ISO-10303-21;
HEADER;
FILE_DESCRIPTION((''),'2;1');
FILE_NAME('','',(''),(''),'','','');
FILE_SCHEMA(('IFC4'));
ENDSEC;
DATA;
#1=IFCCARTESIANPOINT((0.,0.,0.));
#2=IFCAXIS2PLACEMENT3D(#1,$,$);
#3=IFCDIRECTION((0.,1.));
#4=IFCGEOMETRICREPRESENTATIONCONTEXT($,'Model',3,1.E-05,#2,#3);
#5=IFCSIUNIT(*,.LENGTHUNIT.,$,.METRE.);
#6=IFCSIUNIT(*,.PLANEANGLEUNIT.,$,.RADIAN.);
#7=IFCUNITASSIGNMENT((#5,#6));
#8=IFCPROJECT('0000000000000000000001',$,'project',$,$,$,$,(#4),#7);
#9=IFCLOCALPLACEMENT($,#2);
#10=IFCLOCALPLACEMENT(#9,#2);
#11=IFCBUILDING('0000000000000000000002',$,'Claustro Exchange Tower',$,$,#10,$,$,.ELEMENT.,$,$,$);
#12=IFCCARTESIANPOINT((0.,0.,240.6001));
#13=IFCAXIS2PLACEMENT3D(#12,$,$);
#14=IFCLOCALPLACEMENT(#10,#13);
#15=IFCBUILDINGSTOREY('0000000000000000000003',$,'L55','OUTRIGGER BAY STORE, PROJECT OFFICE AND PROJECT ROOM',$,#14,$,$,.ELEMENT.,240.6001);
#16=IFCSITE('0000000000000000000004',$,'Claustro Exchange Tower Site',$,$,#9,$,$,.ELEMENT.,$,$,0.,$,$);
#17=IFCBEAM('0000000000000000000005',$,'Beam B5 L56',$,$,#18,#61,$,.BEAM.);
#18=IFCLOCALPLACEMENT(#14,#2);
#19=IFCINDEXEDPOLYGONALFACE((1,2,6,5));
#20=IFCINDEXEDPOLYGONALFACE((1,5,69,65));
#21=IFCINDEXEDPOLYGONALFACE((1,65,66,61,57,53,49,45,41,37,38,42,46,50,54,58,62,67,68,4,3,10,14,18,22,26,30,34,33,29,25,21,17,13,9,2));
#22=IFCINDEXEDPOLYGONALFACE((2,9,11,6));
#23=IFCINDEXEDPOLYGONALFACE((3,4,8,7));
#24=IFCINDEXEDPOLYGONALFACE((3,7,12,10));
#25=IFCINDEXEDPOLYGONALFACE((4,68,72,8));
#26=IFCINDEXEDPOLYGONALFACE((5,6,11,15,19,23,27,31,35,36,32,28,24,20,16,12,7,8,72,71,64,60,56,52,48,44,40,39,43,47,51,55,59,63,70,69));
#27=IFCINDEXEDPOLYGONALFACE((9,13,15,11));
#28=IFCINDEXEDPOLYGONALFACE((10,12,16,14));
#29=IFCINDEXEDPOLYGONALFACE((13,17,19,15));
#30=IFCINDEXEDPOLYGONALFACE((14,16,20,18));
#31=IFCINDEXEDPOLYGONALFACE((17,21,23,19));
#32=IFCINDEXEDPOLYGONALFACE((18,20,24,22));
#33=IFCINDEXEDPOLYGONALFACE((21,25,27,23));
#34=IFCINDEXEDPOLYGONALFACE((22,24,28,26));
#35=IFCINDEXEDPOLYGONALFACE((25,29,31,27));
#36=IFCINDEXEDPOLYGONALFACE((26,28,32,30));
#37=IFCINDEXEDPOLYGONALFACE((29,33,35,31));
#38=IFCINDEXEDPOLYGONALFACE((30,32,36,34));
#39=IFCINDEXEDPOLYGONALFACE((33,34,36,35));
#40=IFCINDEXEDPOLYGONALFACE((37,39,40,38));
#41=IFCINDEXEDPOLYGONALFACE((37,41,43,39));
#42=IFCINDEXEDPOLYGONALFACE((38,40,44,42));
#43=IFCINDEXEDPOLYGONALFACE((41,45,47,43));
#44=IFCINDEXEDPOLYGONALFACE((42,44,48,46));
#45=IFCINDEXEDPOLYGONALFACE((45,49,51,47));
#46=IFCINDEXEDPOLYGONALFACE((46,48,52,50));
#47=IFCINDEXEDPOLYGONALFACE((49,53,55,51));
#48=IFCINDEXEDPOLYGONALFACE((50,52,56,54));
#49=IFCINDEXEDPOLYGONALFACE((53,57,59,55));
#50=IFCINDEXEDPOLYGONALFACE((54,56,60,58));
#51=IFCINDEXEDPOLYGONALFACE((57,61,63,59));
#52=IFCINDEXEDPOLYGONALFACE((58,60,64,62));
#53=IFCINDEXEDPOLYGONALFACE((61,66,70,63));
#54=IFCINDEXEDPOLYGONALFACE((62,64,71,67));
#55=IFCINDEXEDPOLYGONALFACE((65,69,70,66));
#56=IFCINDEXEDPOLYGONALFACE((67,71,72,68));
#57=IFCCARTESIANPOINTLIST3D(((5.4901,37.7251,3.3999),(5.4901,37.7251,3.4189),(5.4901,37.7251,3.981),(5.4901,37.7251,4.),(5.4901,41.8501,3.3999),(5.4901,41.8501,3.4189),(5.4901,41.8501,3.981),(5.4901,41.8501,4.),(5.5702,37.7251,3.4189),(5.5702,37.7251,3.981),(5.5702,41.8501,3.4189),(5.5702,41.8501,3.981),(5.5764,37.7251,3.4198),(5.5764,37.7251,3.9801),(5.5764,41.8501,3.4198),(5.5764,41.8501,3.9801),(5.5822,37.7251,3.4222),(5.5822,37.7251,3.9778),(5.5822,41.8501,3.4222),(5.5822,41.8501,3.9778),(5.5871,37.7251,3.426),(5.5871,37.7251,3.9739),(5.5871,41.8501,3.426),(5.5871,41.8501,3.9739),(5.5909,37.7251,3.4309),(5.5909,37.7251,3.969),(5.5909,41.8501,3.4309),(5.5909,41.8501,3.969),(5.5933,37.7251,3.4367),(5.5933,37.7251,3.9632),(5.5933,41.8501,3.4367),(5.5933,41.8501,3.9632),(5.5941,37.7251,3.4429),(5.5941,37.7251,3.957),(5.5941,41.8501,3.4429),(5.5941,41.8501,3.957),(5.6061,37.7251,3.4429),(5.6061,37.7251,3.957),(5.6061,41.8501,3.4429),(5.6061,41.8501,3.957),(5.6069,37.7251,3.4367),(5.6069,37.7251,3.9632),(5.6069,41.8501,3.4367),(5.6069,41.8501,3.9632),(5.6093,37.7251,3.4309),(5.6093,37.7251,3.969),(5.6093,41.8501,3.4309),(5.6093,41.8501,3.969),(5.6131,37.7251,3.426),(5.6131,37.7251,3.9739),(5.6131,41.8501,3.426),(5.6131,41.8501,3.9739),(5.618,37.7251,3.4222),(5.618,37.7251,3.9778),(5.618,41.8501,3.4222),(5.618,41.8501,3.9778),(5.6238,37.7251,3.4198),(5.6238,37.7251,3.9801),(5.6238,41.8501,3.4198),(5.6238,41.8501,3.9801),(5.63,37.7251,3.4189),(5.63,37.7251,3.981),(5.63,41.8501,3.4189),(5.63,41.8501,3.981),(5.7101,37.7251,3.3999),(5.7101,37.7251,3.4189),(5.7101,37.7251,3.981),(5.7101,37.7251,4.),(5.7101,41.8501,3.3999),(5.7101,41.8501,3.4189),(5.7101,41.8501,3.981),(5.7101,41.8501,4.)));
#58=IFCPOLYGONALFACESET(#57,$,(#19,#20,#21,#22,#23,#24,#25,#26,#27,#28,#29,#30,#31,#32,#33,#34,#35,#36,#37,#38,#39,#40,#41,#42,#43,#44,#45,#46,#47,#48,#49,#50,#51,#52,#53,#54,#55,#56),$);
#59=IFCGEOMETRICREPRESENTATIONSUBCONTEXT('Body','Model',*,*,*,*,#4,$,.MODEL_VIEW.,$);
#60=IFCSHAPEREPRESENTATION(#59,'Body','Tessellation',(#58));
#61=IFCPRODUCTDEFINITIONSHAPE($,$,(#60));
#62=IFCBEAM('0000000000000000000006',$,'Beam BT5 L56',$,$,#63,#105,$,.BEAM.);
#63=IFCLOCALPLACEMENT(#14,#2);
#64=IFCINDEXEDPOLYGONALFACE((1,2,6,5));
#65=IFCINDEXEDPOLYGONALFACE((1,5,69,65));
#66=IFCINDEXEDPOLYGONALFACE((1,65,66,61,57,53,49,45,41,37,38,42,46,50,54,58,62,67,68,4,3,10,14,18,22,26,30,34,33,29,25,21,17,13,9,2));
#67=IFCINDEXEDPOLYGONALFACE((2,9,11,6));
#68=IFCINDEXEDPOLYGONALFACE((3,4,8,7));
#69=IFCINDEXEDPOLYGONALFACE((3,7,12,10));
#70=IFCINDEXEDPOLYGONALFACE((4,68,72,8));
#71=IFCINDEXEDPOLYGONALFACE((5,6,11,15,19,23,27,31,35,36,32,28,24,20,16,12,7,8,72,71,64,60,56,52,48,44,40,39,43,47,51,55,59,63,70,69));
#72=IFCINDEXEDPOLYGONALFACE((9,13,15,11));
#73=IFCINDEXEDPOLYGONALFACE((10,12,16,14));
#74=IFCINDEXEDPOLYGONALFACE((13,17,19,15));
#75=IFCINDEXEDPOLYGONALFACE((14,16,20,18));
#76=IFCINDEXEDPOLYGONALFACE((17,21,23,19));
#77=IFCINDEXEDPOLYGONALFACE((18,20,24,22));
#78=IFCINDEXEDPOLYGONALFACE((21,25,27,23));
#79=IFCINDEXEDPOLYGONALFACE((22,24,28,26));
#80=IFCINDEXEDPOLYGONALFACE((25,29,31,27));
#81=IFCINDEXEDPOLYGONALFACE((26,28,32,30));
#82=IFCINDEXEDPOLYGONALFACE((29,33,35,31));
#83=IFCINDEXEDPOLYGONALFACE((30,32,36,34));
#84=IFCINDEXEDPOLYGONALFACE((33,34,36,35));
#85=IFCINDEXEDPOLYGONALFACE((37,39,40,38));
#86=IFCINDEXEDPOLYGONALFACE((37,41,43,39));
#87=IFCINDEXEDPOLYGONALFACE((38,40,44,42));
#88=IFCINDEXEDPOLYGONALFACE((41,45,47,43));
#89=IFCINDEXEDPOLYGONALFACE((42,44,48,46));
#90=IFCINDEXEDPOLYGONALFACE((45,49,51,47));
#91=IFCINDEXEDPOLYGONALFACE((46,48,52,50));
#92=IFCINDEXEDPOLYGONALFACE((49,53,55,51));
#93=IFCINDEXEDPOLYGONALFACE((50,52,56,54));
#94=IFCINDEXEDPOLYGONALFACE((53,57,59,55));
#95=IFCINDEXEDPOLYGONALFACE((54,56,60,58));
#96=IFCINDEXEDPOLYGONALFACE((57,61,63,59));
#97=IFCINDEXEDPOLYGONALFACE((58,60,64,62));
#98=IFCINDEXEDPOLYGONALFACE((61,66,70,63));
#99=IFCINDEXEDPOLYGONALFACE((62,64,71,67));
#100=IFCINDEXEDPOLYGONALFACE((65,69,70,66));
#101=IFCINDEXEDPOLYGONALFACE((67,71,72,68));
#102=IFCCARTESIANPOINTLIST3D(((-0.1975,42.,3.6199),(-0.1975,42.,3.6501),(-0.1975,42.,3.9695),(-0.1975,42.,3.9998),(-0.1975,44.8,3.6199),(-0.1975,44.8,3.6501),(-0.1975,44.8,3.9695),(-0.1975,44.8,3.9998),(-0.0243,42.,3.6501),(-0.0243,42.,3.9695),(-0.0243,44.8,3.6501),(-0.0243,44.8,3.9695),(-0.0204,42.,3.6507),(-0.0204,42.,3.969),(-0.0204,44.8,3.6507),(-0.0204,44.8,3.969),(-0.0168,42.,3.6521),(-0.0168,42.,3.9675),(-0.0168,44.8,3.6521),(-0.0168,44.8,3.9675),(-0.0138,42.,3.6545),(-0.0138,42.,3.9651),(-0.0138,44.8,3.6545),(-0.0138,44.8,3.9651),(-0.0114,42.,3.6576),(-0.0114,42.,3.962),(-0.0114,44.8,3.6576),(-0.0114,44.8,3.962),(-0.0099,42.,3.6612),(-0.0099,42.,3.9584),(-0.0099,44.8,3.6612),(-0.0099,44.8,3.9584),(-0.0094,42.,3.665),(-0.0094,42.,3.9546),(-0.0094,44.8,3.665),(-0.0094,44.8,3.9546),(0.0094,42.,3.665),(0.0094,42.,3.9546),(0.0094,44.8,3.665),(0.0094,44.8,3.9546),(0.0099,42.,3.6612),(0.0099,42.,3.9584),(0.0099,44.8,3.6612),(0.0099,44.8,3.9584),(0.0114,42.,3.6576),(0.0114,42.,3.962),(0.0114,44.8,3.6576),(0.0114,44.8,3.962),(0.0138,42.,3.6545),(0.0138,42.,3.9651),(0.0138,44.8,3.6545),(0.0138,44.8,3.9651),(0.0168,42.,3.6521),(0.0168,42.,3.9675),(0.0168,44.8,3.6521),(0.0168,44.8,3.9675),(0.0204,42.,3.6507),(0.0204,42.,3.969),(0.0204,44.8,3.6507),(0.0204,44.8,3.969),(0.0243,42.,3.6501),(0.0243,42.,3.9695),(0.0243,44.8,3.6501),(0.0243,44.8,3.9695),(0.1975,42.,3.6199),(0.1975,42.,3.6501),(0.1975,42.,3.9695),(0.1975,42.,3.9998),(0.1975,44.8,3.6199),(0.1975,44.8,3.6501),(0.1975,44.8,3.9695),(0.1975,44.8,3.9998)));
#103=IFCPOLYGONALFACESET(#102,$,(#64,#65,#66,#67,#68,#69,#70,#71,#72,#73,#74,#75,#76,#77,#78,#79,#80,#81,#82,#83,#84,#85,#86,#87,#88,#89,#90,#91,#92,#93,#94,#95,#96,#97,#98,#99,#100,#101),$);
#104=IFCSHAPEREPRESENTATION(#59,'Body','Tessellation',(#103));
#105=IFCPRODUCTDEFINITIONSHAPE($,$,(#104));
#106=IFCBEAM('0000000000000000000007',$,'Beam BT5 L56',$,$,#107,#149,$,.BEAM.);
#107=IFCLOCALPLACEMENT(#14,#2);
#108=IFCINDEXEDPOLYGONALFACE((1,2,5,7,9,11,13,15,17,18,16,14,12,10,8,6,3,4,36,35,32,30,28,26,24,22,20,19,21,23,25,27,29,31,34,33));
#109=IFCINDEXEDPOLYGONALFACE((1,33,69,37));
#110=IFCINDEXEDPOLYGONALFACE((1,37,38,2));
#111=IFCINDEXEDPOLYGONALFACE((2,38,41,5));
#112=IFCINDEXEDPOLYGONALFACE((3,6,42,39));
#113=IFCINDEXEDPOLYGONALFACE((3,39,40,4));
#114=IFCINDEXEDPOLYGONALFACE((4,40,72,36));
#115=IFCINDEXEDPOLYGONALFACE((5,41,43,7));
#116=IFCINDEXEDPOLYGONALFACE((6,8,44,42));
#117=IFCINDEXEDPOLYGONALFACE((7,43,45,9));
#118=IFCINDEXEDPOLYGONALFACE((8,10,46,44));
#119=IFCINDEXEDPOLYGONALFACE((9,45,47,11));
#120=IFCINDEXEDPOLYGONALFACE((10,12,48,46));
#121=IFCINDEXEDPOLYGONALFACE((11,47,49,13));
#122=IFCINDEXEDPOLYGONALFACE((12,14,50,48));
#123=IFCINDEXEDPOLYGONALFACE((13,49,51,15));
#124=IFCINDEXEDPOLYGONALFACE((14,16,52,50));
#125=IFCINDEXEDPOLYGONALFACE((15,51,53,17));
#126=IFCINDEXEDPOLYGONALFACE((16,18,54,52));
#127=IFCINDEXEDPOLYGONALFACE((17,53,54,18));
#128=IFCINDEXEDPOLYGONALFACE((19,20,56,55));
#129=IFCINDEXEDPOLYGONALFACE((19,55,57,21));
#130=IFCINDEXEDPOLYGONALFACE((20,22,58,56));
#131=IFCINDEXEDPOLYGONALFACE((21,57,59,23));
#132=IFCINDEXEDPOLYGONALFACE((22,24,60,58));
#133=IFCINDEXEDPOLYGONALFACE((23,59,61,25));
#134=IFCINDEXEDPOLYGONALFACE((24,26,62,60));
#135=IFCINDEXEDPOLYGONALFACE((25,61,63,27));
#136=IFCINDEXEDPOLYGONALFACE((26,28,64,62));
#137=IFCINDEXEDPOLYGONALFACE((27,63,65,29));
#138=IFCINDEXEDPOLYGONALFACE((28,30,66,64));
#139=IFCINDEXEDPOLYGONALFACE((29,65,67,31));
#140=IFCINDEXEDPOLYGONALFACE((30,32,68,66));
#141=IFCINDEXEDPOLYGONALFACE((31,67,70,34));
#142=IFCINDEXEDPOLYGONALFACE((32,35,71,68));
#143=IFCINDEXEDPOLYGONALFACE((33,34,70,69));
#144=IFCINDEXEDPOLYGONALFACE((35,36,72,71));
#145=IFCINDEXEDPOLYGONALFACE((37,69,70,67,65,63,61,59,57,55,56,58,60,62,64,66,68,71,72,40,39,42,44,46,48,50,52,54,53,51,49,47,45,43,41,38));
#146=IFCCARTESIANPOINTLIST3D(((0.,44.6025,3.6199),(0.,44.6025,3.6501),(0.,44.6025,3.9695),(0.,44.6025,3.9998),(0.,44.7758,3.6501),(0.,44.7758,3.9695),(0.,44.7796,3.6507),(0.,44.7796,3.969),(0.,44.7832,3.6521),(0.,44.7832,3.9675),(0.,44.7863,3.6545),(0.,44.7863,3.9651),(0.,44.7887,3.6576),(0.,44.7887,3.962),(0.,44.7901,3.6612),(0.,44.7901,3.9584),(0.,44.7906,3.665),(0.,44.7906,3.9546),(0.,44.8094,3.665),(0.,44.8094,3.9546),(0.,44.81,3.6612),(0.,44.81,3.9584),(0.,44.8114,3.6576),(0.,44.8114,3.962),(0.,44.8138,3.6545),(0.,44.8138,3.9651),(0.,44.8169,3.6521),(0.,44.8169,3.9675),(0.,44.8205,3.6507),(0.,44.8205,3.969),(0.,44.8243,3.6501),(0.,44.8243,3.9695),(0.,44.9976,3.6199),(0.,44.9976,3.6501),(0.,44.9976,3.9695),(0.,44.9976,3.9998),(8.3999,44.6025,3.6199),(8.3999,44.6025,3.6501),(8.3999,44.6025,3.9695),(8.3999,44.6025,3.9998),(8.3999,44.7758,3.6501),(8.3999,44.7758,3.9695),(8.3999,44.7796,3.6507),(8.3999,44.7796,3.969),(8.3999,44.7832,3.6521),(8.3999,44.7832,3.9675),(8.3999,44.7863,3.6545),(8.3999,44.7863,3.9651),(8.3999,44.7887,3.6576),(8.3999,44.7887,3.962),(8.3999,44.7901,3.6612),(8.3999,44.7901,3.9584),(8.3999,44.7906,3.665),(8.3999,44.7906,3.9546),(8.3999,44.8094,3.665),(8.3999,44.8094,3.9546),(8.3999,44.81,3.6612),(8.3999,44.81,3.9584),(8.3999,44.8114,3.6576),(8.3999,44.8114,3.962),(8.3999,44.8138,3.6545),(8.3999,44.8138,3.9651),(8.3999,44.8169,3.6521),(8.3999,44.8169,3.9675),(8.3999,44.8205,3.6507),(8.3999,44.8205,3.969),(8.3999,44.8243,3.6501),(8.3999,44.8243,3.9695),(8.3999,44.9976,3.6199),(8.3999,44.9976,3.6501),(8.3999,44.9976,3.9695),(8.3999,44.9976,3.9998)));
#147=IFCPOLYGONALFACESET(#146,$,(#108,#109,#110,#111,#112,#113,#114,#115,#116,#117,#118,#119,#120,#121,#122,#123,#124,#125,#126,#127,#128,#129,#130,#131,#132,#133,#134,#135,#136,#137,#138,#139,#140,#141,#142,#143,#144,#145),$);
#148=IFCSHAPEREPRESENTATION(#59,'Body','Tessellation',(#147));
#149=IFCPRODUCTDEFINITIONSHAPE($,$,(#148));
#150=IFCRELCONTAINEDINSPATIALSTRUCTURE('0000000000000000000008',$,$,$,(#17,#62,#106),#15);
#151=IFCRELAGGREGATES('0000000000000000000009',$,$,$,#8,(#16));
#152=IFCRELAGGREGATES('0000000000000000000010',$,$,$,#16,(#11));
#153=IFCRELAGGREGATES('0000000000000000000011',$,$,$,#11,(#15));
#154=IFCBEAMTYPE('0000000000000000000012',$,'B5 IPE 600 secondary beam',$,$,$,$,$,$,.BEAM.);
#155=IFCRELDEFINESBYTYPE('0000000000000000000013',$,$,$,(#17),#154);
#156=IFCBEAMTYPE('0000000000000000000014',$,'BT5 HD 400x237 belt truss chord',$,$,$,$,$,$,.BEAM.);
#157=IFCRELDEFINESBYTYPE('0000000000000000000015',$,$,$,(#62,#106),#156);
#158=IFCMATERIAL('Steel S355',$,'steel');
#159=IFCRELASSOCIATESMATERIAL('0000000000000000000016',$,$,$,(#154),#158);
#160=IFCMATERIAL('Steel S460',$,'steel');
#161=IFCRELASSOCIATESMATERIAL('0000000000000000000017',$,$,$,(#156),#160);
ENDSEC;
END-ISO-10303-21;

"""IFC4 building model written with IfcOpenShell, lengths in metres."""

from ifc_helpers import new_model, si_unit, direction, frame, origin, origin_2d, place, context, subcontext, project, spatial, i_section, extrude, material, material_profile, profile_set, type_object, element, save


model = new_model("IFC4")

# Units and contexts
model_context = context("Model", 3, precision=1e-05, world=origin(), true_north=direction((0.0, 1.0)))
body_context = subcontext(model_context, "Body", "Model", "MODEL_VIEW")
ifc_project = project(units=[si_unit("LENGTHUNIT", "METRE"), si_unit("PLANEANGLEUNIT", "RADIAN")], contexts=[model_context])

# Site, building, storey
site_placement = place(None, origin())
site = spatial("IfcSite", under=ifc_project, at=site_placement, Name="Claustro Exchange Tower Site", CompositionType="ELEMENT", RefElevation=0.0)
building_placement = place(site_placement, origin())
building = spatial("IfcBuilding", under=site, at=building_placement, Name="Claustro Exchange Tower", CompositionType="ELEMENT")
storey_placement = place(building_placement, frame((0.0, 0.0, 240.6001)))
storey = spatial("IfcBuildingStorey", under=building, at=storey_placement, Name="L55", Description="OUTRIGGER BAY STORE, PROJECT OFFICE AND PROJECT ROOM", CompositionType="ELEMENT", Elevation=240.6001)

# Beams
ifc_material_1 = material(Name="Steel S355", Category="steel")
ifc_material_profile_1 = material_profile(ifc_material_1, i_section(OverallWidth=0.22, OverallDepth=0.6001, WebThickness=0.012, FlangeThickness=0.019, FilletRadius=0.0239, at=origin_2d()), Name="IPE 600")
ifc_profile_set_1 = profile_set([ifc_material_profile_1], Name="Steel S355")
beam_type_1 = type_object("IfcBeamType", Name="B5 IPE 600 secondary beam", PredefinedType="BEAM", material=ifc_profile_set_1)
for number, where, z_axis, x_axis, name in (
    (1, (5.6001, 37.7251, 3.7), (0.0, 1.0, 0.0), (-1.0, 0.0, 0.0), "Beam B5 L56"),
):
    element("IfcBeam", number, at=place(storey_placement, frame(where, z_axis=z_axis, x_axis=x_axis)), inside=storey, type_object=beam_type_1, Name=name, PredefinedType="BEAM", context=body_context, shape_type="SweptSolid", body=[
        extrude(i_section(OverallWidth=0.22, OverallDepth=0.6001, WebThickness=0.012, FlangeThickness=0.019, FilletRadius=0.0239, at=origin_2d()), origin(), (0.0, 0.0, 1.0), 4.125),
    ])
ifc_material_2 = material(Name="Steel S460", Category="steel")
ifc_material_profile_2 = material_profile(ifc_material_2, i_section(OverallWidth=0.395, OverallDepth=0.3799, WebThickness=0.0188, FlangeThickness=0.0303, FilletRadius=0.0149, at=origin_2d()), Name="HD 400x237")
ifc_profile_set_2 = profile_set([ifc_material_profile_2], Name="Steel S460")
beam_type_2 = type_object("IfcBeamType", Name="BT5 HD 400x237 belt truss chord", PredefinedType="BEAM", material=ifc_profile_set_2)
beam_1_placement = place(storey_placement, frame((0.0, 42.0, 3.8098), z_axis=(0.0, 1.0, 0.0), x_axis=(-1.0, 0.0, 0.0)))
element("IfcBeam", 2, at=beam_1_placement, inside=storey, type_object=beam_type_2, Name="Beam BT5 L56", PredefinedType="BEAM", context=body_context, shape_type="SweptSolid", body=[
    extrude(i_section(OverallWidth=0.395, OverallDepth=0.3799, WebThickness=0.0188, FlangeThickness=0.0303, FilletRadius=0.0149, at=origin_2d()), origin(), (0.0, 0.0, 1.0), 2.8),
])
beam_2_placement = place(storey_placement, frame((0.0, 44.8, 3.8098), z_axis=(1.0, 0.0, 0.0), x_axis=(0.0, 1.0, 0.0)))
element("IfcBeam", 3, at=beam_2_placement, inside=storey, type_object=beam_type_2, Name="Beam BT5 L56", PredefinedType="BEAM", context=body_context, shape_type="SweptSolid", body=[
    extrude(i_section(OverallWidth=0.395, OverallDepth=0.3799, WebThickness=0.0188, FlangeThickness=0.0303, FilletRadius=0.0149, at=origin_2d()), origin(), (0.0, 0.0, 1.0), 8.3999),
])

save(model, "model.ifc")
